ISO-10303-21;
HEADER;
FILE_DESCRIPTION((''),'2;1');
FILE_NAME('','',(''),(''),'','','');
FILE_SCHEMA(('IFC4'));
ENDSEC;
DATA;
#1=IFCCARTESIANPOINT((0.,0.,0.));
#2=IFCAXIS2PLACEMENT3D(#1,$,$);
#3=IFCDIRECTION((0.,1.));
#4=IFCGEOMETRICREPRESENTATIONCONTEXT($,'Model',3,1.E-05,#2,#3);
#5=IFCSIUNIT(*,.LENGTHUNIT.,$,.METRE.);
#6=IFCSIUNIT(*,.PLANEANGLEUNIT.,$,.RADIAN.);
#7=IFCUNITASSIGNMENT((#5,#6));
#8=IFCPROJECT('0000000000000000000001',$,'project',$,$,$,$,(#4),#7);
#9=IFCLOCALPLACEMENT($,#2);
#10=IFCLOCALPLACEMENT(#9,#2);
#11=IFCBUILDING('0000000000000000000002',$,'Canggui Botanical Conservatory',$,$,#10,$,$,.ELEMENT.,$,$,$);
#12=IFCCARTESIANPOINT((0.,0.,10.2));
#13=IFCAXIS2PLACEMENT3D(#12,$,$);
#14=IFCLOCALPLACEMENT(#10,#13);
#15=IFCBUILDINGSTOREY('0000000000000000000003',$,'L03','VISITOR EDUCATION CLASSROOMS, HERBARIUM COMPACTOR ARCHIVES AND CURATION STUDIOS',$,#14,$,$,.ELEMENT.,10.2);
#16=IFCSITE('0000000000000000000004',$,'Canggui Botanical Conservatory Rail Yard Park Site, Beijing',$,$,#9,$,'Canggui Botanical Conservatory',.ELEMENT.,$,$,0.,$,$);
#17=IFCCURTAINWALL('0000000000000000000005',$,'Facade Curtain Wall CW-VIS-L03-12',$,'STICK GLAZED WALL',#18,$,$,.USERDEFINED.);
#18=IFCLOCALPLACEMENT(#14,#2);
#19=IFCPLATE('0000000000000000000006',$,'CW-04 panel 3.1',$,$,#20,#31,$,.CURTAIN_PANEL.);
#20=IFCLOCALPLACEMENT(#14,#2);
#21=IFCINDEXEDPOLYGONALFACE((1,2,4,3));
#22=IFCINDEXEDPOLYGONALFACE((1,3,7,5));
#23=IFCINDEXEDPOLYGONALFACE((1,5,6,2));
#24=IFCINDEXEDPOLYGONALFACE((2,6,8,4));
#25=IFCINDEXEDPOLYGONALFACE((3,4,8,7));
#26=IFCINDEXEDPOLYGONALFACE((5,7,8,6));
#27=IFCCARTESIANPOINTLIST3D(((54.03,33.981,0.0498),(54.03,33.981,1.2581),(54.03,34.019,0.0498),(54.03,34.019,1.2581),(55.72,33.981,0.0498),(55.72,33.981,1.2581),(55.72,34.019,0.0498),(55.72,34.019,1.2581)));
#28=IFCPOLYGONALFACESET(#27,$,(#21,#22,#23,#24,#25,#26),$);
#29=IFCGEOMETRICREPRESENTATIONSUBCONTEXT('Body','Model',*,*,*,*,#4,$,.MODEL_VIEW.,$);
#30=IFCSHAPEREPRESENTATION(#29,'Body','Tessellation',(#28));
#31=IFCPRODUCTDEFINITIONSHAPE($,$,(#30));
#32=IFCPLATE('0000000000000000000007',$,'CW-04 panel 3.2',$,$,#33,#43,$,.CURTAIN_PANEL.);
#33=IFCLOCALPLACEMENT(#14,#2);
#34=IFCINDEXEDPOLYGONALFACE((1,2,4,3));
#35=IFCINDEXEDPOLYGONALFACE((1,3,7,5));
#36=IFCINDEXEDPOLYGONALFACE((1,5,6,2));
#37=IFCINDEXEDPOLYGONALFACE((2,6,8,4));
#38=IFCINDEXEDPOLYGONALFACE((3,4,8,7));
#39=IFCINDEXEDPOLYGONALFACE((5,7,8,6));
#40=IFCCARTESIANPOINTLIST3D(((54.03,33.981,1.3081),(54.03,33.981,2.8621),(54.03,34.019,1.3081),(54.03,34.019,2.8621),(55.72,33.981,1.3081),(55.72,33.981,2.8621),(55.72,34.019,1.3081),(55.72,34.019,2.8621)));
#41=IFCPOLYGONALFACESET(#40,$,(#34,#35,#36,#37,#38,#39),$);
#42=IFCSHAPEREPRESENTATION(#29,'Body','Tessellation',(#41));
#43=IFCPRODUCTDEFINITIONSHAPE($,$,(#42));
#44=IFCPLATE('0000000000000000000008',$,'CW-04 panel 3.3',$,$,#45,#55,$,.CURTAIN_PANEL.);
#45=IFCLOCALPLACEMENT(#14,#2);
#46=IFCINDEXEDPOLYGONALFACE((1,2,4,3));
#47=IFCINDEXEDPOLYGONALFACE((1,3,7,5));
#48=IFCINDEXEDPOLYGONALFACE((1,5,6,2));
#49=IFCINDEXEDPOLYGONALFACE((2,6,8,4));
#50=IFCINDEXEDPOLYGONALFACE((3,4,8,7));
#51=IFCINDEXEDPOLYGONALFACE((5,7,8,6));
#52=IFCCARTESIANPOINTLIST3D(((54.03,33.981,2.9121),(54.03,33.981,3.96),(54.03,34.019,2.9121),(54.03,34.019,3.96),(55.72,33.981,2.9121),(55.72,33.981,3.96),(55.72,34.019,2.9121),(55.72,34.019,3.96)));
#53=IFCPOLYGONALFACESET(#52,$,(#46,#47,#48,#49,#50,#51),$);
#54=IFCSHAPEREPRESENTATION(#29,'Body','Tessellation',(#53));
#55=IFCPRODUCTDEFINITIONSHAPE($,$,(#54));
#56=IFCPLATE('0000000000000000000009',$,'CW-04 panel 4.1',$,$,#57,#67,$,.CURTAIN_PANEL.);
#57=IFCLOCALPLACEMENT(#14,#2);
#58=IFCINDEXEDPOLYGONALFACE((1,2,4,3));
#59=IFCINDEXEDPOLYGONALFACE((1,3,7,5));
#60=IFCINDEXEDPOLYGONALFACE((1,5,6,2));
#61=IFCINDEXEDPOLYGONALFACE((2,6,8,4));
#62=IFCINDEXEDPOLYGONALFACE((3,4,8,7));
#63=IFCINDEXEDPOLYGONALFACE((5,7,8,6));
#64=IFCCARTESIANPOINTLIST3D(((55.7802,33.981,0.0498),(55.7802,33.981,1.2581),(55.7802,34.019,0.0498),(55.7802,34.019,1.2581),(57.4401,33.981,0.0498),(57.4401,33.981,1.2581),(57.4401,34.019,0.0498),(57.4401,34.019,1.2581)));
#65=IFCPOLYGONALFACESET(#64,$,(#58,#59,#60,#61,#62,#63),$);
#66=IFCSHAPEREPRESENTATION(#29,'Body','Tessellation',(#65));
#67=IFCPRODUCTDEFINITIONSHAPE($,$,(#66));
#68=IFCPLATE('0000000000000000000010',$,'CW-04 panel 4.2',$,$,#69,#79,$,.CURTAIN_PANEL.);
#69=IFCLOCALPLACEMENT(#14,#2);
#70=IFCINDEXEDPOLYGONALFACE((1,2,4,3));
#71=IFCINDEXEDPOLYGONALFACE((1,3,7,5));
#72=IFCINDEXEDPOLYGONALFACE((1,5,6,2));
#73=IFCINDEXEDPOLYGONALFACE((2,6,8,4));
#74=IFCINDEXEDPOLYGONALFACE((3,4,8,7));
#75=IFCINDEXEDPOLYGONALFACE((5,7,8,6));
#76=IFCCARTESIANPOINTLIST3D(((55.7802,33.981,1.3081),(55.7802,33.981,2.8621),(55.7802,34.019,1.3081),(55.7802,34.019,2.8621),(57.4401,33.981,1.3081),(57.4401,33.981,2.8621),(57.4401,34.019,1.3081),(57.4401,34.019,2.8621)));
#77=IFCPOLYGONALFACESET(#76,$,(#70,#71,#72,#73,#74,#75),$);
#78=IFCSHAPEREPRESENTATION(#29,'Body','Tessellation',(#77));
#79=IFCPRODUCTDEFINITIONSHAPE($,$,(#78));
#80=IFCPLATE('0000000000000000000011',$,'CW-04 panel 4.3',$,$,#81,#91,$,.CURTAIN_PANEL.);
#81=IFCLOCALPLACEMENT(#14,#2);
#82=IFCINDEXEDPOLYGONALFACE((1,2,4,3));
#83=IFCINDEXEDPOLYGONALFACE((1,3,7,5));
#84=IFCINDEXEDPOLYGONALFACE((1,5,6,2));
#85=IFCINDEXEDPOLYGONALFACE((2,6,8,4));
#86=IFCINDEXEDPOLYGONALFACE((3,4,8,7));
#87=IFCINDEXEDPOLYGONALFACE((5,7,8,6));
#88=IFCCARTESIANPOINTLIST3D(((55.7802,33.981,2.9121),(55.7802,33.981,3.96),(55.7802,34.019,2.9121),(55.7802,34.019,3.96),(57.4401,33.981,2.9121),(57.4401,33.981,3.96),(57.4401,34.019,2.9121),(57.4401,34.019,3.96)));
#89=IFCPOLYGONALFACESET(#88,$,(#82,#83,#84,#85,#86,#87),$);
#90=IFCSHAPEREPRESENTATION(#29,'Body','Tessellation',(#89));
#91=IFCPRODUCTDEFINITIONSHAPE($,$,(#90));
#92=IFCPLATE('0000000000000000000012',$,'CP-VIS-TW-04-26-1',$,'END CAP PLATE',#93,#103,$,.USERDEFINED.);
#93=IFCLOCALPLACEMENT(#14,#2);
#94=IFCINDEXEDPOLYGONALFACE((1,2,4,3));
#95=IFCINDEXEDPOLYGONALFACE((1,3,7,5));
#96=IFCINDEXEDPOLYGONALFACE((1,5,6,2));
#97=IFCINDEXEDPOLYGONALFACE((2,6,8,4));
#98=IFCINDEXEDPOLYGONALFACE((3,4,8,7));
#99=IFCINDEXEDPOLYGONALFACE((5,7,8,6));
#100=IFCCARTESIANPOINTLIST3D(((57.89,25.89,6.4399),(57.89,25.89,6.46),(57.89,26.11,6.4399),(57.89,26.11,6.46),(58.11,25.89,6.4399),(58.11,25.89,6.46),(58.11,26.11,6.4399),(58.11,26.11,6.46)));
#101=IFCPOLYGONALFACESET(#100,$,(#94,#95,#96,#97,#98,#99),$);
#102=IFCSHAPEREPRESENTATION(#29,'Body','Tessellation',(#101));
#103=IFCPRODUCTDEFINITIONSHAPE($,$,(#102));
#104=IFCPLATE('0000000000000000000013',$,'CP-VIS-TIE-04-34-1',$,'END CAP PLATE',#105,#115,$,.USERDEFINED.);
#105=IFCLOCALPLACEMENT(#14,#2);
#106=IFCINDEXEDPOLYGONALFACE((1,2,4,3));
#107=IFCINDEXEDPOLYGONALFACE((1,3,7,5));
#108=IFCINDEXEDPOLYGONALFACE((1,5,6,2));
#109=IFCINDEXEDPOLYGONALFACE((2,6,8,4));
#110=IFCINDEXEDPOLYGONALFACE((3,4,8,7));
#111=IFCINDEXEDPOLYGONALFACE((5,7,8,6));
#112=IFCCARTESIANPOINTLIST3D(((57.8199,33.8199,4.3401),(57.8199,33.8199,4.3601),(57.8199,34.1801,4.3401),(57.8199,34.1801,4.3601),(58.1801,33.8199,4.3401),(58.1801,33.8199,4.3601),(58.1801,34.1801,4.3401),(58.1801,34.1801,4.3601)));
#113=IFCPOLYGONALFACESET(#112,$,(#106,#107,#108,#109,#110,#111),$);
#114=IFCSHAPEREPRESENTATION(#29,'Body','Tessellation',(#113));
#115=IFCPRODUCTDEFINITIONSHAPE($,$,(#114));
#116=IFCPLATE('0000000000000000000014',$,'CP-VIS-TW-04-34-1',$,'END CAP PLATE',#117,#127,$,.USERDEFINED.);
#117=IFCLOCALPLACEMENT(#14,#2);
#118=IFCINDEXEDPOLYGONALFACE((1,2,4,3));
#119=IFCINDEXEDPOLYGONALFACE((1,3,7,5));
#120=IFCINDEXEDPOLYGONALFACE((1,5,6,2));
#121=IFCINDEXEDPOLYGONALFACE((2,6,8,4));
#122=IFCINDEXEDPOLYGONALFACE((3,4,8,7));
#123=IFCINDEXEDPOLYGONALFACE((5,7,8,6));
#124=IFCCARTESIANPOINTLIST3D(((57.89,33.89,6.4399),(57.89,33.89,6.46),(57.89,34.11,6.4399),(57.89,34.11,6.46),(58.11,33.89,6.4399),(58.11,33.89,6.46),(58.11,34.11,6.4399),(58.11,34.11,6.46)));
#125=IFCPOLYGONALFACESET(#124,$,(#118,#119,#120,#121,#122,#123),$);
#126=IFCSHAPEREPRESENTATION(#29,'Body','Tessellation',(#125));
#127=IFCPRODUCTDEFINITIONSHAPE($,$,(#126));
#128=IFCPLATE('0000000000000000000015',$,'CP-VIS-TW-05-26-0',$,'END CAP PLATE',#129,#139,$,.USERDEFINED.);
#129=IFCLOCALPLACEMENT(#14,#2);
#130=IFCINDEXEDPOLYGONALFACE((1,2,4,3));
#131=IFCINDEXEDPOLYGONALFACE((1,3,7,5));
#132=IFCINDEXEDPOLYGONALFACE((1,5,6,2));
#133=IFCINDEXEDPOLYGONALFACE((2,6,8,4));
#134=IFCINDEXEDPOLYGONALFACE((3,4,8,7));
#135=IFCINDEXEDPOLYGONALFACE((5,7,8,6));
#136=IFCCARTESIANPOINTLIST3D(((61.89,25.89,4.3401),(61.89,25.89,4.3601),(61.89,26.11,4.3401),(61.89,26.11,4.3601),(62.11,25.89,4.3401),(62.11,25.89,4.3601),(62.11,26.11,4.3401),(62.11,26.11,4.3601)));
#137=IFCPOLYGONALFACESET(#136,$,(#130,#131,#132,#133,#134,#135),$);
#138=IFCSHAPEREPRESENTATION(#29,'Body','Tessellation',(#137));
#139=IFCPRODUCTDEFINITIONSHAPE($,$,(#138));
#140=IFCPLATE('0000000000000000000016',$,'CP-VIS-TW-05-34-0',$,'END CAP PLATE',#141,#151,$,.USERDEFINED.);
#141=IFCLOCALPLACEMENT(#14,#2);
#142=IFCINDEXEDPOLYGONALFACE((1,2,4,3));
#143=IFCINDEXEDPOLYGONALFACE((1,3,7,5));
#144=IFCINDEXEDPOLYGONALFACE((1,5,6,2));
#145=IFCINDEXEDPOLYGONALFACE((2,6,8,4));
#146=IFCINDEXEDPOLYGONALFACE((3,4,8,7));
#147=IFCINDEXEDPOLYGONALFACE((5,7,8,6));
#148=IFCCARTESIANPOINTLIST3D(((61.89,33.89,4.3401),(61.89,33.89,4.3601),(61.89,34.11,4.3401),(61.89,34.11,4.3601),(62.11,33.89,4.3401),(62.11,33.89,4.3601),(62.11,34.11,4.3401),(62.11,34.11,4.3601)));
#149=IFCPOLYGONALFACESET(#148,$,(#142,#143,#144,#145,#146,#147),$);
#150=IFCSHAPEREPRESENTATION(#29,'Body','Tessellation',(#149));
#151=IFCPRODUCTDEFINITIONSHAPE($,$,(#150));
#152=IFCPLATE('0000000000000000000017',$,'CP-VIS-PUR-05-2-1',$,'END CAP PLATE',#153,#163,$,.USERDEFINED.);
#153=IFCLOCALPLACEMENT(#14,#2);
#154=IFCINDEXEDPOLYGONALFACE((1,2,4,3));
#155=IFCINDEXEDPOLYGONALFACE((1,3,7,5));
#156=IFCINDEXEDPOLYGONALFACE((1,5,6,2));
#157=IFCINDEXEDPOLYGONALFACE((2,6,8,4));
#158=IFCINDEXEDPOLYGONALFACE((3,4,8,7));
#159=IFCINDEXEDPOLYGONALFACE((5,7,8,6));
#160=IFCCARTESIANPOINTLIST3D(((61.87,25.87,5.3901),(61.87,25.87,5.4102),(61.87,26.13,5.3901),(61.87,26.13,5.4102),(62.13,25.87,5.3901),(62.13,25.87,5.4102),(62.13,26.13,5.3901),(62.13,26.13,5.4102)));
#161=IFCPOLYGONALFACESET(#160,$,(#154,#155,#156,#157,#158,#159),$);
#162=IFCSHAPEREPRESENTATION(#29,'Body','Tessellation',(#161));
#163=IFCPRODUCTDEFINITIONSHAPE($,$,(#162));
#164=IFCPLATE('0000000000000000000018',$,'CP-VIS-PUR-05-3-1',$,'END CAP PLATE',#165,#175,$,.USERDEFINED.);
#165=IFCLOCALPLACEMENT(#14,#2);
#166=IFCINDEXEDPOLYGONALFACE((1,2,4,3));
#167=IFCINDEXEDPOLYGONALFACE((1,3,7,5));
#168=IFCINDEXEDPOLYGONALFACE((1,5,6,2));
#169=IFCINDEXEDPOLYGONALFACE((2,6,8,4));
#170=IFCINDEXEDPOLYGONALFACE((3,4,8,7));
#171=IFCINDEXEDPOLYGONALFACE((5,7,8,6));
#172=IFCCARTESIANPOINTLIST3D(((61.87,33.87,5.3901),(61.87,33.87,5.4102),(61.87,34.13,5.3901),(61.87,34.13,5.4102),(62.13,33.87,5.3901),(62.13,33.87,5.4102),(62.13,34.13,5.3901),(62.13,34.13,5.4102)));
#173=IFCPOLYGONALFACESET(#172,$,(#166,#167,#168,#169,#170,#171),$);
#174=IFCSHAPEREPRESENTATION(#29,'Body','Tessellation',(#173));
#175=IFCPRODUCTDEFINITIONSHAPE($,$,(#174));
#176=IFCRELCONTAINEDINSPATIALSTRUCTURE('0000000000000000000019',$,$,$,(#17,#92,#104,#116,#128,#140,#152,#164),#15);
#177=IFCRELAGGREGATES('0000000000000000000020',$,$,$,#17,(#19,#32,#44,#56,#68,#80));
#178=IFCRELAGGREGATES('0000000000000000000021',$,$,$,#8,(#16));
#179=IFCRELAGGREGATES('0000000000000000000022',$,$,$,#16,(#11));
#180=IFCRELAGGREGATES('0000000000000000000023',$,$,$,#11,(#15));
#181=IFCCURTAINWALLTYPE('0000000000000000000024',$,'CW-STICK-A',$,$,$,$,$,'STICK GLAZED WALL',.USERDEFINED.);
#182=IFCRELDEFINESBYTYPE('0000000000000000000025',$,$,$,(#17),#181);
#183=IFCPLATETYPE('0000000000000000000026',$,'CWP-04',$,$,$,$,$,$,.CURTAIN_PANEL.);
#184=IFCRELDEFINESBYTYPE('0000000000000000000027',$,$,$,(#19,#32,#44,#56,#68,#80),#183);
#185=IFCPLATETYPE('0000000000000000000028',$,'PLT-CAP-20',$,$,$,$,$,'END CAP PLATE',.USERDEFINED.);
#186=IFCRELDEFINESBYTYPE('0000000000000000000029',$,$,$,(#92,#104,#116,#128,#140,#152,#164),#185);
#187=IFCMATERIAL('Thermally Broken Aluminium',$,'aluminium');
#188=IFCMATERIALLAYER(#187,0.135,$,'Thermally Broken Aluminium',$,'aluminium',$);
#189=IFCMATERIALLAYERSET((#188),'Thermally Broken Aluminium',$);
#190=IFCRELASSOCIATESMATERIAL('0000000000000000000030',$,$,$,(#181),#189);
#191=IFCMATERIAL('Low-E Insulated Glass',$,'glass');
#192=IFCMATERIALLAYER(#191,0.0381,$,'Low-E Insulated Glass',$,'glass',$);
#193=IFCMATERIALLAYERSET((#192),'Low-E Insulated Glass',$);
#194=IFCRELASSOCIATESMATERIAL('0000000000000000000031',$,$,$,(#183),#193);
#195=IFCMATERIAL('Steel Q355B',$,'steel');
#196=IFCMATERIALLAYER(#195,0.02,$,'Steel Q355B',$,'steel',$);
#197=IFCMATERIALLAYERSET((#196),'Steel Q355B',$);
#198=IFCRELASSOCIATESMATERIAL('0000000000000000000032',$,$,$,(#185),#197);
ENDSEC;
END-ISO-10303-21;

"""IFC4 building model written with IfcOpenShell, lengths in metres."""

from ifc_helpers import new_model, si_unit, direction, frame, origin, origin_2d, place, context, subcontext, project, spatial, rectangle, extrude, material, layer, layer_set, type_object, element, aggregate, save


model = new_model("IFC4")

# Units and contexts
model_context = context("Model", 3, precision=1e-05, world=origin(), true_north=direction((0.0, 1.0)))
body_context = subcontext(model_context, "Body", "Model", "MODEL_VIEW")
ifc_project = project(units=[si_unit("LENGTHUNIT", "METRE"), si_unit("PLANEANGLEUNIT", "RADIAN")], contexts=[model_context])

# Site, building, storey
site_placement = place(None, origin())
site = spatial("IfcSite", under=ifc_project, at=site_placement, Name="Canggui Botanical Conservatory Rail Yard Park Site, Beijing", LongName="Canggui Botanical Conservatory", CompositionType="ELEMENT", RefElevation=0.0)
building_placement = place(site_placement, origin())
building = spatial("IfcBuilding", under=site, at=building_placement, Name="Canggui Botanical Conservatory", CompositionType="ELEMENT")
storey_placement = place(building_placement, frame((0.0, 0.0, 10.2)))
storey = spatial("IfcBuildingStorey", under=building, at=storey_placement, Name="L03", Description="VISITOR EDUCATION CLASSROOMS, HERBARIUM COMPACTOR ARCHIVES AND CURATION STUDIOS", CompositionType="ELEMENT", Elevation=10.2)

# Shared definitions
ifc_material_1 = material(Name="Steel Q355B", Category="steel")

# Curtain wall
ifc_material_2 = material(Name="Thermally Broken Aluminium", Category="aluminium")
ifc_layer_1 = layer(ifc_material_2, 0.135, Name="Thermally Broken Aluminium", Category="aluminium")
ifc_layer_set_1 = layer_set([ifc_layer_1], Name="Thermally Broken Aluminium")
curtain_wall_type = type_object("IfcCurtainWallType", Name="CW-STICK-A", ElementType="STICK GLAZED WALL", PredefinedType="USERDEFINED", material=ifc_layer_set_1)
curtain_wall_placement = place(storey_placement, origin())
curtain_wall = element("IfcCurtainWall", 1, at=curtain_wall_placement, inside=storey, type_object=curtain_wall_type, Name="Facade Curtain Wall CW-VIS-L03-12", ObjectType="STICK GLAZED WALL", PredefinedType="USERDEFINED")

# Plates
ifc_material_3 = material(Name="Low-E Insulated Glass", Category="glass")
ifc_layer_2 = layer(ifc_material_3, 0.0381, Name="Low-E Insulated Glass", Category="glass")
ifc_layer_set_2 = layer_set([ifc_layer_2], Name="Low-E Insulated Glass")
plate_type_1 = type_object("IfcPlateType", Name="CWP-04", PredefinedType="CURTAIN_PANEL", material=ifc_layer_set_2)
plate_1_placement = place(storey_placement, frame((54.875, 34.0, 0.0498), z_axis=(0.0, 0.0, 1.0), x_axis=(1.0, 0.0, 0.0)))
plate_1 = element("IfcPlate", 2, at=plate_1_placement, type_object=plate_type_1, Name="CW-04 panel 3.1", PredefinedType="CURTAIN_PANEL", context=body_context, shape_type="SweptSolid", body=[
    extrude(rectangle(XDim=1.6899, YDim=0.0381, at=origin_2d()), origin(), (0.0, 0.0, 1.0), 1.2083),
])
plate_2_placement = place(storey_placement, frame((54.875, 34.0, 1.3081), z_axis=(0.0, 0.0, 1.0), x_axis=(1.0, 0.0, 0.0)))
plate_2 = element("IfcPlate", 3, at=plate_2_placement, type_object=plate_type_1, Name="CW-04 panel 3.2", PredefinedType="CURTAIN_PANEL", context=body_context, shape_type="SweptSolid", body=[
    extrude(rectangle(XDim=1.6899, YDim=0.0381, at=origin_2d()), origin(), (0.0, 0.0, 1.0), 1.554),
])
plate_3_placement = place(storey_placement, frame((54.875, 34.0, 2.9121), z_axis=(0.0, 0.0, 1.0), x_axis=(1.0, 0.0, 0.0)))
plate_3 = element("IfcPlate", 4, at=plate_3_placement, type_object=plate_type_1, Name="CW-04 panel 3.3", PredefinedType="CURTAIN_PANEL", context=body_context, shape_type="SweptSolid", body=[
    extrude(rectangle(XDim=1.6899, YDim=0.0381, at=origin_2d()), origin(), (0.0, 0.0, 1.0), 1.0479),
])
plate_4_placement = place(storey_placement, frame((56.6101, 34.0, 0.0498), z_axis=(0.0, 0.0, 1.0), x_axis=(1.0, 0.0, 0.0)))
plate_4 = element("IfcPlate", 5, at=plate_4_placement, type_object=plate_type_1, Name="CW-04 panel 4.1", PredefinedType="CURTAIN_PANEL", context=body_context, shape_type="SweptSolid", body=[
    extrude(rectangle(XDim=1.6599, YDim=0.0381, at=origin_2d()), origin(), (0.0, 0.0, 1.0), 1.2083),
])
plate_5_placement = place(storey_placement, frame((56.6101, 34.0, 1.3081), z_axis=(0.0, 0.0, 1.0), x_axis=(1.0, 0.0, 0.0)))
plate_5 = element("IfcPlate", 6, at=plate_5_placement, type_object=plate_type_1, Name="CW-04 panel 4.2", PredefinedType="CURTAIN_PANEL", context=body_context, shape_type="SweptSolid", body=[
    extrude(rectangle(XDim=1.6599, YDim=0.0381, at=origin_2d()), origin(), (0.0, 0.0, 1.0), 1.554),
])
plate_6_placement = place(storey_placement, frame((56.6101, 34.0, 2.9121), z_axis=(0.0, 0.0, 1.0), x_axis=(1.0, 0.0, 0.0)))
plate_6 = element("IfcPlate", 7, at=plate_6_placement, type_object=plate_type_1, Name="CW-04 panel 4.3", PredefinedType="CURTAIN_PANEL", context=body_context, shape_type="SweptSolid", body=[
    extrude(rectangle(XDim=1.6599, YDim=0.0381, at=origin_2d()), origin(), (0.0, 0.0, 1.0), 1.0479),
])
aggregate(curtain_wall, [plate_1, plate_2, plate_3, plate_4, plate_5, plate_6])

# Plates
ifc_layer_3 = layer(ifc_material_1, 0.02, Name="Steel Q355B", Category="steel")
ifc_layer_set_3 = layer_set([ifc_layer_3], Name="Steel Q355B")
plate_type_2 = type_object("IfcPlateType", Name="PLT-CAP-20", ElementType="END CAP PLATE", PredefinedType="USERDEFINED", material=ifc_layer_set_3)
plate_7_placement = place(storey_placement, frame((58.0, 26.0, 6.4399), z_axis=(0.0, 0.0, 1.0), x_axis=(1.0, 0.0, 0.0)))
element("IfcPlate", 8, at=plate_7_placement, inside=storey, type_object=plate_type_2, Name="CP-VIS-TW-04-26-1", ObjectType="END CAP PLATE", PredefinedType="USERDEFINED", context=body_context, shape_type="SweptSolid", body=[
    extrude(rectangle(XDim=0.22, YDim=0.22, at=origin_2d()), origin(), (0.0, 0.0, 1.0), 0.02),
])
plate_8_placement = place(storey_placement, frame((58.0, 34.0, 4.3401), z_axis=(0.0, 0.0, 1.0), x_axis=(1.0, 0.0, 0.0)))
element("IfcPlate", 9, at=plate_8_placement, inside=storey, type_object=plate_type_2, Name="CP-VIS-TIE-04-34-1", ObjectType="END CAP PLATE", PredefinedType="USERDEFINED", context=body_context, shape_type="SweptSolid", body=[
    extrude(rectangle(XDim=0.3601, YDim=0.3601, at=origin_2d()), origin(), (0.0, 0.0, 1.0), 0.02),
])
for number, where, z_axis, x_axis, name in (
    (10, (58.0, 34.0, 6.4399), (0.0, 0.0, 1.0), (1.0, 0.0, 0.0), "CP-VIS-TW-04-34-1"),
    (11, (62.0, 26.0, 4.3401), (0.0, 0.0, 1.0), (1.0, 0.0, 0.0), "CP-VIS-TW-05-26-0"),
    (12, (62.0, 34.0, 4.3401), (0.0, 0.0, 1.0), (1.0, 0.0, 0.0), "CP-VIS-TW-05-34-0"),
):
    element("IfcPlate", number, at=place(storey_placement, frame(where, z_axis=z_axis, x_axis=x_axis)), inside=storey, type_object=plate_type_2, Name=name, ObjectType="END CAP PLATE", PredefinedType="USERDEFINED", context=body_context, shape_type="SweptSolid", body=[
        extrude(rectangle(XDim=0.22, YDim=0.22, at=origin_2d()), origin(), (0.0, 0.0, 1.0), 0.02),
    ])
for number, where, z_axis, x_axis, name in (
    (13, (62.0, 26.0, 5.3901), (0.0, 0.0, 1.0), (1.0, 0.0, 0.0), "CP-VIS-PUR-05-2-1"),
    (14, (62.0, 34.0, 5.3901), (0.0, 0.0, 1.0), (1.0, 0.0, 0.0), "CP-VIS-PUR-05-3-1"),
):
    element("IfcPlate", number, at=place(storey_placement, frame(where, z_axis=z_axis, x_axis=x_axis)), inside=storey, type_object=plate_type_2, Name=name, ObjectType="END CAP PLATE", PredefinedType="USERDEFINED", context=body_context, shape_type="SweptSolid", body=[
        extrude(rectangle(XDim=0.26, YDim=0.26, at=origin_2d()), origin(), (0.0, 0.0, 1.0), 0.02),
    ])

save(model, "model.ifc")
